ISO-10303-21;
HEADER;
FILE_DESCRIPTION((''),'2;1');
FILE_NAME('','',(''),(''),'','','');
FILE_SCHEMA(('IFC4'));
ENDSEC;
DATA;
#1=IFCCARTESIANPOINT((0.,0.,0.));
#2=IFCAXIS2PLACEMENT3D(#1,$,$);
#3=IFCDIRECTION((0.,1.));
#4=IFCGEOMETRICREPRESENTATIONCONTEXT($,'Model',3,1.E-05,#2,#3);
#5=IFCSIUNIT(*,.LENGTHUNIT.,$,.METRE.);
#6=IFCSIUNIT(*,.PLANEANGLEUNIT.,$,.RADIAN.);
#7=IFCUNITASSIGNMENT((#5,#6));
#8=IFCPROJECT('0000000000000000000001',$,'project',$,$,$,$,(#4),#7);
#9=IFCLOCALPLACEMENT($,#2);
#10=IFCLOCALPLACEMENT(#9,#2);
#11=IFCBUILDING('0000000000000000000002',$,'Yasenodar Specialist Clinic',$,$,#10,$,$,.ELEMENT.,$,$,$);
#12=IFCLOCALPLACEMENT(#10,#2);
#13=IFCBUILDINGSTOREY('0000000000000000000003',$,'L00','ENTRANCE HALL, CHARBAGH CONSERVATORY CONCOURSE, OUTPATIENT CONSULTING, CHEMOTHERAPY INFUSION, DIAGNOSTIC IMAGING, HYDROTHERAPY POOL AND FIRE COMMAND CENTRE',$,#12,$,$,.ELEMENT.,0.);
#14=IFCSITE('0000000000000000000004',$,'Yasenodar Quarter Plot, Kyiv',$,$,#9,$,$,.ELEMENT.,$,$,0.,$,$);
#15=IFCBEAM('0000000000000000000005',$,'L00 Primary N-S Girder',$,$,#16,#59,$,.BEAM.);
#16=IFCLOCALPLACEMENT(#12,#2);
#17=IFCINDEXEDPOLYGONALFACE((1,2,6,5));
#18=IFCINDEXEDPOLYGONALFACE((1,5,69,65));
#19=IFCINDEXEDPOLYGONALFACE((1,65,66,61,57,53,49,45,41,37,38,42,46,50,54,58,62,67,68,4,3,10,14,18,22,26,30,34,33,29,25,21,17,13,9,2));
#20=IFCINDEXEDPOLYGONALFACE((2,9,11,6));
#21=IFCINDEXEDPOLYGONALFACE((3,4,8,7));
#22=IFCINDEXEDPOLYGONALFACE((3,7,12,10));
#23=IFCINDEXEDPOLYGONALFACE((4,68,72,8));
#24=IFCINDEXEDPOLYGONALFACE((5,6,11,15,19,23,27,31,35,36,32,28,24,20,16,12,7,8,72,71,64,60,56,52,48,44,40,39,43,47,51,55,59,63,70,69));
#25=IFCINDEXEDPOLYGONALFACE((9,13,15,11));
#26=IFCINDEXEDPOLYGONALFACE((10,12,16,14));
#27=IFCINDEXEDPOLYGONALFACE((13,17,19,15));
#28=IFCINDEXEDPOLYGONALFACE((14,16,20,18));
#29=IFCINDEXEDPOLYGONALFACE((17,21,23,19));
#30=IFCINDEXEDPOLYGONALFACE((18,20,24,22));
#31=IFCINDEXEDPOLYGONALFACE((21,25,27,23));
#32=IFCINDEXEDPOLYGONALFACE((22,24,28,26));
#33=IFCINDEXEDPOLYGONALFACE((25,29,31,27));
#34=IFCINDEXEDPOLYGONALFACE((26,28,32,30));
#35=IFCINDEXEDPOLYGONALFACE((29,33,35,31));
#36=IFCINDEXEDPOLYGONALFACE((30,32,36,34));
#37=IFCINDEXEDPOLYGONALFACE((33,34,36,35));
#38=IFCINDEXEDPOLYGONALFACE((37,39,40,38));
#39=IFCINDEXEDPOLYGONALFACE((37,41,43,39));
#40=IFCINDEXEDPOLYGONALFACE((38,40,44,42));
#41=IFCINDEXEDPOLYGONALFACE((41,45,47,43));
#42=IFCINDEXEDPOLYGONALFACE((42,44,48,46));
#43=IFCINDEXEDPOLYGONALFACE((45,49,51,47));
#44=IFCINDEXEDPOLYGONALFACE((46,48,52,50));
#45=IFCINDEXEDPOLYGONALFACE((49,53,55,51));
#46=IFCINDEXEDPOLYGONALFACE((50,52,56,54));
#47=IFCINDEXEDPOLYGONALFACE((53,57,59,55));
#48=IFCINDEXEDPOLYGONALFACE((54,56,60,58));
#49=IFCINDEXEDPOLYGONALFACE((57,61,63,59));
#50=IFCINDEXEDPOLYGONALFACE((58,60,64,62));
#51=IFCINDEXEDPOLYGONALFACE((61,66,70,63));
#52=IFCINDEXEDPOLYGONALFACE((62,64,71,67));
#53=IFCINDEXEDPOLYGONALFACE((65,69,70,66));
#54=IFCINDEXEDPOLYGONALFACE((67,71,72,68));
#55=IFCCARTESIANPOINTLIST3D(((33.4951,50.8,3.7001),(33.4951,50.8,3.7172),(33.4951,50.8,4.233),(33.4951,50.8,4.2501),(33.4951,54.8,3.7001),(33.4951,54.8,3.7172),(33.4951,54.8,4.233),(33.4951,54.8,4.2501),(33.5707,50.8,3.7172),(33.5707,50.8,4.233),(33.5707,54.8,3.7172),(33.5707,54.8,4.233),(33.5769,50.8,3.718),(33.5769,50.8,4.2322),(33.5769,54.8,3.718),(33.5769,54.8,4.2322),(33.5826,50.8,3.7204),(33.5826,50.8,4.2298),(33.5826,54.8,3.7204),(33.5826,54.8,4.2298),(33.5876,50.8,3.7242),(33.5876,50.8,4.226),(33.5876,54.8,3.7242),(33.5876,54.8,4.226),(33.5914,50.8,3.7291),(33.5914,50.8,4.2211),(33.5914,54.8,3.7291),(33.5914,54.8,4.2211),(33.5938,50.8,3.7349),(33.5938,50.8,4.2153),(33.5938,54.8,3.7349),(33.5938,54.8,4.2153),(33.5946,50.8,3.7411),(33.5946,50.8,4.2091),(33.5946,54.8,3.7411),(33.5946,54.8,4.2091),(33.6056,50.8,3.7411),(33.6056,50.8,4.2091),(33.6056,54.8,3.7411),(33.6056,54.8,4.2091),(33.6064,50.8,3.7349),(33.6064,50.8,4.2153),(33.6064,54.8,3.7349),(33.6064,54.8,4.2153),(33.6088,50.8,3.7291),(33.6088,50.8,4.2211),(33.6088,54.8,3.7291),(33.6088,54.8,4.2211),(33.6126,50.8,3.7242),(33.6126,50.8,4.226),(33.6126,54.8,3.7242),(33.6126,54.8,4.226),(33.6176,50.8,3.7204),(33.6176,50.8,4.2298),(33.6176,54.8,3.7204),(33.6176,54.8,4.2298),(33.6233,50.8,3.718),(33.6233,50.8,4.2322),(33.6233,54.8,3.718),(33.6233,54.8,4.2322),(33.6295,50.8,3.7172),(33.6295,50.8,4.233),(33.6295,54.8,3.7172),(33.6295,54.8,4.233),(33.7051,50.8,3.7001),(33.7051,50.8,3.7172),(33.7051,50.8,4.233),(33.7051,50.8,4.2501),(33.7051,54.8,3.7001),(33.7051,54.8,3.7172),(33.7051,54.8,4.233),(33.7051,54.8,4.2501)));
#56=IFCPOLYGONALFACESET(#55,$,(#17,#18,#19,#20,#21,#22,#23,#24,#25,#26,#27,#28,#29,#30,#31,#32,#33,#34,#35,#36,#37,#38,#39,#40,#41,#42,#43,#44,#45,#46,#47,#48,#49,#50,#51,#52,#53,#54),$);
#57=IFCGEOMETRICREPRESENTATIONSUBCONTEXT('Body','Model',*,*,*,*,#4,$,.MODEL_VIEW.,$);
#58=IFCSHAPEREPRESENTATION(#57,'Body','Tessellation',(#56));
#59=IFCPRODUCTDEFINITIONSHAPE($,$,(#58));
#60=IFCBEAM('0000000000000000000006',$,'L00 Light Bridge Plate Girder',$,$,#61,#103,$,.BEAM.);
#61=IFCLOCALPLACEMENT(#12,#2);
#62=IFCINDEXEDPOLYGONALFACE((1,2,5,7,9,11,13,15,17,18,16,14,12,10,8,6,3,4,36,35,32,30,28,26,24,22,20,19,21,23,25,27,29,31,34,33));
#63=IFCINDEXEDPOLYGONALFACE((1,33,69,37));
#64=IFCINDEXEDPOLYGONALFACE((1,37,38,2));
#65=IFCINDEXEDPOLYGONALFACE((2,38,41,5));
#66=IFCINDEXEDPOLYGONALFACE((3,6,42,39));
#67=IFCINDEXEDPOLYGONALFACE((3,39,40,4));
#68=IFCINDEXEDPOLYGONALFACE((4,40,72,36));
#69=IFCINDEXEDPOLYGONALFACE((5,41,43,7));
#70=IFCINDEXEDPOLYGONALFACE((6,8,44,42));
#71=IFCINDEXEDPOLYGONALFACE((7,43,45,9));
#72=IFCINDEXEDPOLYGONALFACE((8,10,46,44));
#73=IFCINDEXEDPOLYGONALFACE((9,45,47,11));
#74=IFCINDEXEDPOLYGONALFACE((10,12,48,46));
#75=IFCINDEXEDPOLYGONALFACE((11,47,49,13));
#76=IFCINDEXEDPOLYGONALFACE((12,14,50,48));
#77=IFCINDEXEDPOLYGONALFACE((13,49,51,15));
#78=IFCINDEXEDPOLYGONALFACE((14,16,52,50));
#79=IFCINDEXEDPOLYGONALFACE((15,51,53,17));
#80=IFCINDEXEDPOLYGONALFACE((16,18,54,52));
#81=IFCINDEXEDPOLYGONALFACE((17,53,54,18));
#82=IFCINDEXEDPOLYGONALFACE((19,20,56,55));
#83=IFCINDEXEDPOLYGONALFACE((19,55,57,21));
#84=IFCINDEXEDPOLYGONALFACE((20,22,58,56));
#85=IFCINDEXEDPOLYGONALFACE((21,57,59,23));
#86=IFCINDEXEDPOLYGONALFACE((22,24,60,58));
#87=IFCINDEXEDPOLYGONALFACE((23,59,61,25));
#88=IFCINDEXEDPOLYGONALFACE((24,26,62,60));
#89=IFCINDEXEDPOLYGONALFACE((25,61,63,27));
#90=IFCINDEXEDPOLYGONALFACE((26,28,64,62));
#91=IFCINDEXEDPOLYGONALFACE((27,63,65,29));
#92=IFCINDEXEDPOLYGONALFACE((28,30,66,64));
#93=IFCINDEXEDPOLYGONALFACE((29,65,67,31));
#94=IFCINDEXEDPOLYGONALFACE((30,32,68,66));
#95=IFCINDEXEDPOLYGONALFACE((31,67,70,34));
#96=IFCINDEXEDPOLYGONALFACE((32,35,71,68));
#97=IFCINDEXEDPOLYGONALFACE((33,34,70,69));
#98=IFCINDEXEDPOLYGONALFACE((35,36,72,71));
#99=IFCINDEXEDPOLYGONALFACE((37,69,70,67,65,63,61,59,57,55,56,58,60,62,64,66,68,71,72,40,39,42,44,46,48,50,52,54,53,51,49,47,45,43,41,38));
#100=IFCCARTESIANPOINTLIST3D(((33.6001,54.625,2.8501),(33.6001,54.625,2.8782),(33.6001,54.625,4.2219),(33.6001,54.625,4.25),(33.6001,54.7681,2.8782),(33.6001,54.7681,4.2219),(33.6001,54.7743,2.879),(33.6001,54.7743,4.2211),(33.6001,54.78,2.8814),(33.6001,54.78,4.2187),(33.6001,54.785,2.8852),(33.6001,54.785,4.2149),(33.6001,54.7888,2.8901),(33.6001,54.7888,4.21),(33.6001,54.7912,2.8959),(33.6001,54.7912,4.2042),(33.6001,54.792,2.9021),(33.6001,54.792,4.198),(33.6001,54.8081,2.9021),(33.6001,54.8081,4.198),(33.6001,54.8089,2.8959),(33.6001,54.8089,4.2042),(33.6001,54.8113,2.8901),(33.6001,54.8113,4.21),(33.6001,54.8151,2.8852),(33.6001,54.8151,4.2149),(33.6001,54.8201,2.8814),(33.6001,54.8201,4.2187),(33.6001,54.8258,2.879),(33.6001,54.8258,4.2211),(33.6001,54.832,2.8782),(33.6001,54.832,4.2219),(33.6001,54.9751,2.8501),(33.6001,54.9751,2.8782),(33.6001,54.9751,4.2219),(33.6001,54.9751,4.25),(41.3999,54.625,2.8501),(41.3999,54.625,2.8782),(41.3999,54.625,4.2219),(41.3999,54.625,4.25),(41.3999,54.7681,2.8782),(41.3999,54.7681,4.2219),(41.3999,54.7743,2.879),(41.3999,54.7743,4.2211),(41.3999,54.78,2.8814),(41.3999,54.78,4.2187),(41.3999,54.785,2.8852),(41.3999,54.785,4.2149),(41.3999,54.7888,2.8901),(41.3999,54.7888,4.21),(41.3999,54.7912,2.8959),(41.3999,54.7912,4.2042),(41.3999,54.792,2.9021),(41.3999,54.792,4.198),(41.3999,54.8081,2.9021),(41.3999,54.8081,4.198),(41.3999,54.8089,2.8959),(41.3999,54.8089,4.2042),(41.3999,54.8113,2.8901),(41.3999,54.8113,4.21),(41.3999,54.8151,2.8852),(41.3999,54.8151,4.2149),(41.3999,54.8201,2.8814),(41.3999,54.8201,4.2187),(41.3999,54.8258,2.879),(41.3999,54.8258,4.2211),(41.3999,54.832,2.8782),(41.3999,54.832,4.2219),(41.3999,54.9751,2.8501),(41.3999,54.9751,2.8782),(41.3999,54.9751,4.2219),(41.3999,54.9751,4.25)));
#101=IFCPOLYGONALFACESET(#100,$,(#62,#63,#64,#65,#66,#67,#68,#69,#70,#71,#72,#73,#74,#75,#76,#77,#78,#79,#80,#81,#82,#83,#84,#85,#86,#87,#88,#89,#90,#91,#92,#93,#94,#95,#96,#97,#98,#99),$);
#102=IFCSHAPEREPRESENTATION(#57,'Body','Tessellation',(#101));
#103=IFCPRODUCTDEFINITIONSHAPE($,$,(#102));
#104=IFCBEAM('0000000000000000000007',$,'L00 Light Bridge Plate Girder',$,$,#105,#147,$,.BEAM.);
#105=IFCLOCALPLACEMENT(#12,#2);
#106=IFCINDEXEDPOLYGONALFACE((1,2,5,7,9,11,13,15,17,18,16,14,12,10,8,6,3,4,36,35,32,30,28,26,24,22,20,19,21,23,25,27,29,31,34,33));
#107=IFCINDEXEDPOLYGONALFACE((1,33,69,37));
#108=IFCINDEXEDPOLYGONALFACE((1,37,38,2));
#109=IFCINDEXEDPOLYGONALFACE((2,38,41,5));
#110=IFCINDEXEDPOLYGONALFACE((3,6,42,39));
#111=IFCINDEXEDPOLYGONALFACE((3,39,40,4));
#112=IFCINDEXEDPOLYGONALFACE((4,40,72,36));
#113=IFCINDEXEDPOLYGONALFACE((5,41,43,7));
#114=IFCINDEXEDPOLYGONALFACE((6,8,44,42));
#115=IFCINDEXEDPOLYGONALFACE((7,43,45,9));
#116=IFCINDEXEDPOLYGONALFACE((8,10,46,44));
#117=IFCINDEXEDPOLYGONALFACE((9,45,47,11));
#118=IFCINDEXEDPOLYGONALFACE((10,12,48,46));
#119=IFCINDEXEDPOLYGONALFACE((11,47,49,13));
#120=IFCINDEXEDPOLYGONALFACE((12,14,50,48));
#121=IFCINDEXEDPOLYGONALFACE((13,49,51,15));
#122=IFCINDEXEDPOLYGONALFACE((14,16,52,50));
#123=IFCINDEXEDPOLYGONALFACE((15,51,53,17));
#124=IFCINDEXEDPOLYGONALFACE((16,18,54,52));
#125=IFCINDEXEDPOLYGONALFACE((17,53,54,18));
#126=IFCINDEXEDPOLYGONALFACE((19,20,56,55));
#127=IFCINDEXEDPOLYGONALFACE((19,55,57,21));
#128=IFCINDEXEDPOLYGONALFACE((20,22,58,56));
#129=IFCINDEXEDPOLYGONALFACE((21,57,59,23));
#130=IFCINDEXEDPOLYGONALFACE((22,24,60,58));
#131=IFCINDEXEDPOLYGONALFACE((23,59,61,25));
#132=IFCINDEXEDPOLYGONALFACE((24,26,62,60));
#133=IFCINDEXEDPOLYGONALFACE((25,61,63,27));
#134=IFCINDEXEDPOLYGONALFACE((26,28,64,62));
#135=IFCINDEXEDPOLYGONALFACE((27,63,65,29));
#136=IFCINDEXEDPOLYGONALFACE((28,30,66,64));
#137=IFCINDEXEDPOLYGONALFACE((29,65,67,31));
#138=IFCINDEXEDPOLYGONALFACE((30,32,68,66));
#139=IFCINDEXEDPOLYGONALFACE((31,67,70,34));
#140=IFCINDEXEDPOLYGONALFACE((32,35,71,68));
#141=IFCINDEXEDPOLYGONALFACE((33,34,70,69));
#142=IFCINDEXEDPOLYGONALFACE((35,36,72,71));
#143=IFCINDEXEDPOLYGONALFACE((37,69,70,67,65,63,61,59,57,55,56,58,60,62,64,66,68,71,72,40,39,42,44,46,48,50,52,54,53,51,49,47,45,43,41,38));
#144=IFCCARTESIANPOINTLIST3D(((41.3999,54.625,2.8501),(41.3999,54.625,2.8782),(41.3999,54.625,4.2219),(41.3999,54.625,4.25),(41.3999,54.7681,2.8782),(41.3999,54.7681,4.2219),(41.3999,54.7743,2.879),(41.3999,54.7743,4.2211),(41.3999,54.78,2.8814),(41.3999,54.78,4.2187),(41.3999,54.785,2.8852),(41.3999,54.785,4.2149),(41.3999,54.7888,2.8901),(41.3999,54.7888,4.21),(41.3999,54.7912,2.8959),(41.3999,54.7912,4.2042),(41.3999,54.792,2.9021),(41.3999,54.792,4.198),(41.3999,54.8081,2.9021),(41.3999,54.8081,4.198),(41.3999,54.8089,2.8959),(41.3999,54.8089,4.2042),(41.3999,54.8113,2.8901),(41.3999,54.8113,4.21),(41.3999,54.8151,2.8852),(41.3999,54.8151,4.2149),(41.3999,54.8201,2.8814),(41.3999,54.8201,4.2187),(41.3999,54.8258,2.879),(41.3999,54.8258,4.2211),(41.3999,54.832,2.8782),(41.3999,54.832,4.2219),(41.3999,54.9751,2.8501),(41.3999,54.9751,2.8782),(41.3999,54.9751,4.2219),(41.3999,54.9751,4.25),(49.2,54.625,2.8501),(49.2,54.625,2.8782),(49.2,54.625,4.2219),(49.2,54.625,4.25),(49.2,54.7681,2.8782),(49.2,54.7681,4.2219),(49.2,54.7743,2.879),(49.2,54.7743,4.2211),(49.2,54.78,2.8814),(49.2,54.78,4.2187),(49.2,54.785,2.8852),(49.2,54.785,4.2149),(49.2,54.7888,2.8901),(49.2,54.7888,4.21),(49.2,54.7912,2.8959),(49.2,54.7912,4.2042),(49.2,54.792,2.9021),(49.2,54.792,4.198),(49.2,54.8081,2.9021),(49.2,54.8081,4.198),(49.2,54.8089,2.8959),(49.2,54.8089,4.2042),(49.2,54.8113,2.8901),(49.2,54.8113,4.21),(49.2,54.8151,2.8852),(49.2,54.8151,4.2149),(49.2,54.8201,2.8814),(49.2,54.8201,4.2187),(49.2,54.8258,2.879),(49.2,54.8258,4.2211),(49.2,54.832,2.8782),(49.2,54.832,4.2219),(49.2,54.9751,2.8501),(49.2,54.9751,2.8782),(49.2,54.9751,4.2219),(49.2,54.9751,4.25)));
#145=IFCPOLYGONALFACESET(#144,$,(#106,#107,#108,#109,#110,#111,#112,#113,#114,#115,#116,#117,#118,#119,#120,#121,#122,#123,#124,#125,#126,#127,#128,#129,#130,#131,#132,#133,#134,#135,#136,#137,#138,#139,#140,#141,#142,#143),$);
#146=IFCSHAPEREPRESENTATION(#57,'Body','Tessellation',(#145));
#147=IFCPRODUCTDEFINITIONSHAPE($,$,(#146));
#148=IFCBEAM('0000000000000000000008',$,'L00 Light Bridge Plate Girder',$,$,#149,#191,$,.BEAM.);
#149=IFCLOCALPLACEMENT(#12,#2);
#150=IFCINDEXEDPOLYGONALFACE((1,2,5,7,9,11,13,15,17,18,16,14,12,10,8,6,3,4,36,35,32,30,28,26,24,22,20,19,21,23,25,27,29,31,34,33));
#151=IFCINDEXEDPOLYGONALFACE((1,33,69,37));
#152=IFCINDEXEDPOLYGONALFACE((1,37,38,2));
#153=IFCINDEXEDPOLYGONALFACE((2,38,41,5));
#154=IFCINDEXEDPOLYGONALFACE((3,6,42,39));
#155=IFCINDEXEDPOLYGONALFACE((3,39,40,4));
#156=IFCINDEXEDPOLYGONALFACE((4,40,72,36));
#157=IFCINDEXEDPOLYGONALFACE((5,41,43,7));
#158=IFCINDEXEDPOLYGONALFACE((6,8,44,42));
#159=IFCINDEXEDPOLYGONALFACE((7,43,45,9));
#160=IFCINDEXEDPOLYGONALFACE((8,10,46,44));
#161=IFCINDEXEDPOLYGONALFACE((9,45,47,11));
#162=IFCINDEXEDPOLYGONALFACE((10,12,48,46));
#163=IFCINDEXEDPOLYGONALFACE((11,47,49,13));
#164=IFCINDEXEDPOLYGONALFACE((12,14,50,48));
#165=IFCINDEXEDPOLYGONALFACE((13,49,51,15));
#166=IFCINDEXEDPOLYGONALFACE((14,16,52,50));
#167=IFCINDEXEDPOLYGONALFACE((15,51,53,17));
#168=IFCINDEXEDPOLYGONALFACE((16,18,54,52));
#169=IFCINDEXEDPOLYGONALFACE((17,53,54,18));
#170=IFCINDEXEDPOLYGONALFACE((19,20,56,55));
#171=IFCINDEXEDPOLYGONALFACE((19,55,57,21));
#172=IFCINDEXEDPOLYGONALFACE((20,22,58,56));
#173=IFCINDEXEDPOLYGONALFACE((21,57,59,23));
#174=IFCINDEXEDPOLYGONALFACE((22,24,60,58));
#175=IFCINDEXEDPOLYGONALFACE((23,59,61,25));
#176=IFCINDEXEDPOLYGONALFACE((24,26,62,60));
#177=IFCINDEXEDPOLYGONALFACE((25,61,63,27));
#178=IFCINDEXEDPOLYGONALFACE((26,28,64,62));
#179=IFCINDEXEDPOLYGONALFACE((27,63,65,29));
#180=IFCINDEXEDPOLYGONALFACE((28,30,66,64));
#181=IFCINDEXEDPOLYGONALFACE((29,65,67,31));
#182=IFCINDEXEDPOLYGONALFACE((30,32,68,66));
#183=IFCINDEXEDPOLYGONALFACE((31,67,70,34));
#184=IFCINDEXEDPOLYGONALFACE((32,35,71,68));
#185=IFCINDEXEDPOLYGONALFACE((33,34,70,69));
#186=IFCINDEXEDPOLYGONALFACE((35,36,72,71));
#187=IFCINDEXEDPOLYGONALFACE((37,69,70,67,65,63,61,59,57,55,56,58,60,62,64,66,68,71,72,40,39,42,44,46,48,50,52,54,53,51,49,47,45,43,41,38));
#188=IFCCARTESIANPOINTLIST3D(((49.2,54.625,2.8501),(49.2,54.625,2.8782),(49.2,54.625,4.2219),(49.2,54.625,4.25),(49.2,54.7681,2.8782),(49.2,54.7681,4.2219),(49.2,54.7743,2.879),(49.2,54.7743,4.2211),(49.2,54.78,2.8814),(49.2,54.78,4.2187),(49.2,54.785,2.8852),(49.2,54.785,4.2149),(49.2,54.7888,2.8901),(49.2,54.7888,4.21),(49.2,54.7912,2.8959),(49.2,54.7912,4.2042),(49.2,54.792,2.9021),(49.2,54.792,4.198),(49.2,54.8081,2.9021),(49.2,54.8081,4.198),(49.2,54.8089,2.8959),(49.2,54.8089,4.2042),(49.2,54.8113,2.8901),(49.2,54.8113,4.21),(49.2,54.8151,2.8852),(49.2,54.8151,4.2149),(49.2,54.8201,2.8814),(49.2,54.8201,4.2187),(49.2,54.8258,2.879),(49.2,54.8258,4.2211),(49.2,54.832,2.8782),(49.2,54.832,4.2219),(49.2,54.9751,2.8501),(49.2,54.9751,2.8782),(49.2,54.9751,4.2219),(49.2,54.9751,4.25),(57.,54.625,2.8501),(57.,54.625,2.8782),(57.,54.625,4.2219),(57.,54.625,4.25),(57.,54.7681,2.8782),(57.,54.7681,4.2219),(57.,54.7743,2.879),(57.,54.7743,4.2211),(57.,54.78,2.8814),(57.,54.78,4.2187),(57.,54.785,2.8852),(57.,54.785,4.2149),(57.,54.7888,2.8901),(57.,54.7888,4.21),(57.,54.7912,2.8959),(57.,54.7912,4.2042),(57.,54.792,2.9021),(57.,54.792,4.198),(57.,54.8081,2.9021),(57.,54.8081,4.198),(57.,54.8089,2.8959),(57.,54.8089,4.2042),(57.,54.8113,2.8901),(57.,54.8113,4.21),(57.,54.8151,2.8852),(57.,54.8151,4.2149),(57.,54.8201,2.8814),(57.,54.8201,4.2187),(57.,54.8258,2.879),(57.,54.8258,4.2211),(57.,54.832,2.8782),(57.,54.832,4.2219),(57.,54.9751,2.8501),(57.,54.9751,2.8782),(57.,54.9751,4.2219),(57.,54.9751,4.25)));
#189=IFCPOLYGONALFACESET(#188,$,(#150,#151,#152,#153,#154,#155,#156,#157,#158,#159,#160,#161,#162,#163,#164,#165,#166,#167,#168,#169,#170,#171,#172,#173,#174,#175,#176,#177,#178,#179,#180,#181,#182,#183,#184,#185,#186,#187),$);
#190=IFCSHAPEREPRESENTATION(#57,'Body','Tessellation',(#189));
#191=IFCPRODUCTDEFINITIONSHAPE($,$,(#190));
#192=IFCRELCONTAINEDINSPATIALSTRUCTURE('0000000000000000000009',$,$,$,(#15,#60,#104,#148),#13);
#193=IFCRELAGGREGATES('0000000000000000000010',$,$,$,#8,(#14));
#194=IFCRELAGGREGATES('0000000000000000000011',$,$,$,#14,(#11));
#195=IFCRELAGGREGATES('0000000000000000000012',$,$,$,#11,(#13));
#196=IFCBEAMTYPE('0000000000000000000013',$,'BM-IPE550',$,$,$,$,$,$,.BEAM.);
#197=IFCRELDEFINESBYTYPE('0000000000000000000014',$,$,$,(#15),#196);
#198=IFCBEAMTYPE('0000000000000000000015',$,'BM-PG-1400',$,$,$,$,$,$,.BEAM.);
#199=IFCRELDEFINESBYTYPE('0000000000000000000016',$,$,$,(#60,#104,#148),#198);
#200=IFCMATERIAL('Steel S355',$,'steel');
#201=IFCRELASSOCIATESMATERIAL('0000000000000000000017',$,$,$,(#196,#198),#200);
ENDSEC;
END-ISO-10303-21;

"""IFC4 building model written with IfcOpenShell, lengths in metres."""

from ifc_helpers import new_model, si_unit, direction, frame, origin, origin_2d, place, context, subcontext, project, spatial, i_section, extrude, material, material_profile, profile_set, type_object, element, save


model = new_model("IFC4")

# Units and contexts
model_context = context("Model", 3, precision=1e-05, world=origin(), true_north=direction((0.0, 1.0)))
body_context = subcontext(model_context, "Body", "Model", "MODEL_VIEW")
ifc_project = project(units=[si_unit("LENGTHUNIT", "METRE"), si_unit("PLANEANGLEUNIT", "RADIAN")], contexts=[model_context])

# Site, building, storey
site_placement = place(None, origin())
site = spatial("IfcSite", under=ifc_project, at=site_placement, Name="Yasenodar Quarter Plot, Kyiv", CompositionType="ELEMENT", RefElevation=0.0)
building_placement = place(site_placement, origin())
building = spatial("IfcBuilding", under=site, at=building_placement, Name="Yasenodar Specialist Clinic", CompositionType="ELEMENT")
storey_placement = place(building_placement, origin())
storey = spatial("IfcBuildingStorey", under=building, at=storey_placement, Name="L00", Description="ENTRANCE HALL, CHARBAGH CONSERVATORY CONCOURSE, OUTPATIENT CONSULTING, CHEMOTHERAPY INFUSION, DIAGNOSTIC IMAGING, HYDROTHERAPY POOL AND FIRE COMMAND CENTRE", CompositionType="ELEMENT", Elevation=0.0)

# Shared definitions
ifc_material_1 = material(Name="Steel S355", Category="steel")

# Beams
ifc_material_profile_1 = material_profile(ifc_material_1, i_section(OverallWidth=0.21, OverallDepth=0.55, WebThickness=0.011, FlangeThickness=0.0171, FilletRadius=0.0239, at=origin_2d()), Name="IPE 550")
ifc_profile_set_1 = profile_set([ifc_material_profile_1], Name="Steel S355")
beam_type_1 = type_object("IfcBeamType", Name="BM-IPE550", PredefinedType="BEAM", material=ifc_profile_set_1)
beam_1_placement = place(storey_placement, frame((33.6001, 50.8, 3.9751), z_axis=(0.0, 1.0, 0.0), x_axis=(-1.0, 0.0, 0.0)))
element("IfcBeam", 1, at=beam_1_placement, inside=storey, type_object=beam_type_1, Name="L00 Primary N-S Girder", PredefinedType="BEAM", context=body_context, shape_type="SweptSolid", body=[
    extrude(i_section(OverallWidth=0.21, OverallDepth=0.55, WebThickness=0.011, FlangeThickness=0.0171, FilletRadius=0.0239, at=origin_2d()), origin(), (0.0, 0.0, 1.0), 4.0),
])
ifc_material_profile_2 = material_profile(ifc_material_1, i_section(OverallWidth=0.3501, OverallDepth=1.3999, WebThickness=0.0161, FlangeThickness=0.0281, FilletRadius=0.0239, at=origin_2d()), Name="PG 1400x350")
ifc_profile_set_2 = profile_set([ifc_material_profile_2], Name="Steel S355")
beam_type_2 = type_object("IfcBeamType", Name="BM-PG-1400", PredefinedType="BEAM", material=ifc_profile_set_2)
beam_2_placement = place(storey_placement, frame((33.6001, 54.8, 3.55), z_axis=(1.0, 0.0, 0.0), x_axis=(0.0, 1.0, 0.0)))
element("IfcBeam", 2, at=beam_2_placement, inside=storey, type_object=beam_type_2, Name="L00 Light Bridge Plate Girder", PredefinedType="BEAM", context=body_context, shape_type="SweptSolid", body=[
    extrude(i_section(OverallWidth=0.3501, OverallDepth=1.3999, WebThickness=0.0161, FlangeThickness=0.0281, FilletRadius=0.0239, at=origin_2d()), origin(), (0.0, 0.0, 1.0), 7.7998),
])
for number, where, z_axis, x_axis, name in (
    (3, (41.3999, 54.8, 3.55), (1.0, 0.0, 0.0), (0.0, 1.0, 0.0), "L00 Light Bridge Plate Girder"),
    (4, (49.2, 54.8, 3.55), (1.0, 0.0, 0.0), (0.0, 1.0, 0.0), "L00 Light Bridge Plate Girder"),
):
    element("IfcBeam", number, at=place(storey_placement, frame(where, z_axis=z_axis, x_axis=x_axis)), inside=storey, type_object=beam_type_2, Name=name, PredefinedType="BEAM", context=body_context, shape_type="SweptSolid", body=[
        extrude(i_section(OverallWidth=0.3501, OverallDepth=1.3999, WebThickness=0.0161, FlangeThickness=0.0281, FilletRadius=0.0239, at=origin_2d()), origin(), (0.0, 0.0, 1.0), 7.8),
    ])

save(model, "model.ifc")
